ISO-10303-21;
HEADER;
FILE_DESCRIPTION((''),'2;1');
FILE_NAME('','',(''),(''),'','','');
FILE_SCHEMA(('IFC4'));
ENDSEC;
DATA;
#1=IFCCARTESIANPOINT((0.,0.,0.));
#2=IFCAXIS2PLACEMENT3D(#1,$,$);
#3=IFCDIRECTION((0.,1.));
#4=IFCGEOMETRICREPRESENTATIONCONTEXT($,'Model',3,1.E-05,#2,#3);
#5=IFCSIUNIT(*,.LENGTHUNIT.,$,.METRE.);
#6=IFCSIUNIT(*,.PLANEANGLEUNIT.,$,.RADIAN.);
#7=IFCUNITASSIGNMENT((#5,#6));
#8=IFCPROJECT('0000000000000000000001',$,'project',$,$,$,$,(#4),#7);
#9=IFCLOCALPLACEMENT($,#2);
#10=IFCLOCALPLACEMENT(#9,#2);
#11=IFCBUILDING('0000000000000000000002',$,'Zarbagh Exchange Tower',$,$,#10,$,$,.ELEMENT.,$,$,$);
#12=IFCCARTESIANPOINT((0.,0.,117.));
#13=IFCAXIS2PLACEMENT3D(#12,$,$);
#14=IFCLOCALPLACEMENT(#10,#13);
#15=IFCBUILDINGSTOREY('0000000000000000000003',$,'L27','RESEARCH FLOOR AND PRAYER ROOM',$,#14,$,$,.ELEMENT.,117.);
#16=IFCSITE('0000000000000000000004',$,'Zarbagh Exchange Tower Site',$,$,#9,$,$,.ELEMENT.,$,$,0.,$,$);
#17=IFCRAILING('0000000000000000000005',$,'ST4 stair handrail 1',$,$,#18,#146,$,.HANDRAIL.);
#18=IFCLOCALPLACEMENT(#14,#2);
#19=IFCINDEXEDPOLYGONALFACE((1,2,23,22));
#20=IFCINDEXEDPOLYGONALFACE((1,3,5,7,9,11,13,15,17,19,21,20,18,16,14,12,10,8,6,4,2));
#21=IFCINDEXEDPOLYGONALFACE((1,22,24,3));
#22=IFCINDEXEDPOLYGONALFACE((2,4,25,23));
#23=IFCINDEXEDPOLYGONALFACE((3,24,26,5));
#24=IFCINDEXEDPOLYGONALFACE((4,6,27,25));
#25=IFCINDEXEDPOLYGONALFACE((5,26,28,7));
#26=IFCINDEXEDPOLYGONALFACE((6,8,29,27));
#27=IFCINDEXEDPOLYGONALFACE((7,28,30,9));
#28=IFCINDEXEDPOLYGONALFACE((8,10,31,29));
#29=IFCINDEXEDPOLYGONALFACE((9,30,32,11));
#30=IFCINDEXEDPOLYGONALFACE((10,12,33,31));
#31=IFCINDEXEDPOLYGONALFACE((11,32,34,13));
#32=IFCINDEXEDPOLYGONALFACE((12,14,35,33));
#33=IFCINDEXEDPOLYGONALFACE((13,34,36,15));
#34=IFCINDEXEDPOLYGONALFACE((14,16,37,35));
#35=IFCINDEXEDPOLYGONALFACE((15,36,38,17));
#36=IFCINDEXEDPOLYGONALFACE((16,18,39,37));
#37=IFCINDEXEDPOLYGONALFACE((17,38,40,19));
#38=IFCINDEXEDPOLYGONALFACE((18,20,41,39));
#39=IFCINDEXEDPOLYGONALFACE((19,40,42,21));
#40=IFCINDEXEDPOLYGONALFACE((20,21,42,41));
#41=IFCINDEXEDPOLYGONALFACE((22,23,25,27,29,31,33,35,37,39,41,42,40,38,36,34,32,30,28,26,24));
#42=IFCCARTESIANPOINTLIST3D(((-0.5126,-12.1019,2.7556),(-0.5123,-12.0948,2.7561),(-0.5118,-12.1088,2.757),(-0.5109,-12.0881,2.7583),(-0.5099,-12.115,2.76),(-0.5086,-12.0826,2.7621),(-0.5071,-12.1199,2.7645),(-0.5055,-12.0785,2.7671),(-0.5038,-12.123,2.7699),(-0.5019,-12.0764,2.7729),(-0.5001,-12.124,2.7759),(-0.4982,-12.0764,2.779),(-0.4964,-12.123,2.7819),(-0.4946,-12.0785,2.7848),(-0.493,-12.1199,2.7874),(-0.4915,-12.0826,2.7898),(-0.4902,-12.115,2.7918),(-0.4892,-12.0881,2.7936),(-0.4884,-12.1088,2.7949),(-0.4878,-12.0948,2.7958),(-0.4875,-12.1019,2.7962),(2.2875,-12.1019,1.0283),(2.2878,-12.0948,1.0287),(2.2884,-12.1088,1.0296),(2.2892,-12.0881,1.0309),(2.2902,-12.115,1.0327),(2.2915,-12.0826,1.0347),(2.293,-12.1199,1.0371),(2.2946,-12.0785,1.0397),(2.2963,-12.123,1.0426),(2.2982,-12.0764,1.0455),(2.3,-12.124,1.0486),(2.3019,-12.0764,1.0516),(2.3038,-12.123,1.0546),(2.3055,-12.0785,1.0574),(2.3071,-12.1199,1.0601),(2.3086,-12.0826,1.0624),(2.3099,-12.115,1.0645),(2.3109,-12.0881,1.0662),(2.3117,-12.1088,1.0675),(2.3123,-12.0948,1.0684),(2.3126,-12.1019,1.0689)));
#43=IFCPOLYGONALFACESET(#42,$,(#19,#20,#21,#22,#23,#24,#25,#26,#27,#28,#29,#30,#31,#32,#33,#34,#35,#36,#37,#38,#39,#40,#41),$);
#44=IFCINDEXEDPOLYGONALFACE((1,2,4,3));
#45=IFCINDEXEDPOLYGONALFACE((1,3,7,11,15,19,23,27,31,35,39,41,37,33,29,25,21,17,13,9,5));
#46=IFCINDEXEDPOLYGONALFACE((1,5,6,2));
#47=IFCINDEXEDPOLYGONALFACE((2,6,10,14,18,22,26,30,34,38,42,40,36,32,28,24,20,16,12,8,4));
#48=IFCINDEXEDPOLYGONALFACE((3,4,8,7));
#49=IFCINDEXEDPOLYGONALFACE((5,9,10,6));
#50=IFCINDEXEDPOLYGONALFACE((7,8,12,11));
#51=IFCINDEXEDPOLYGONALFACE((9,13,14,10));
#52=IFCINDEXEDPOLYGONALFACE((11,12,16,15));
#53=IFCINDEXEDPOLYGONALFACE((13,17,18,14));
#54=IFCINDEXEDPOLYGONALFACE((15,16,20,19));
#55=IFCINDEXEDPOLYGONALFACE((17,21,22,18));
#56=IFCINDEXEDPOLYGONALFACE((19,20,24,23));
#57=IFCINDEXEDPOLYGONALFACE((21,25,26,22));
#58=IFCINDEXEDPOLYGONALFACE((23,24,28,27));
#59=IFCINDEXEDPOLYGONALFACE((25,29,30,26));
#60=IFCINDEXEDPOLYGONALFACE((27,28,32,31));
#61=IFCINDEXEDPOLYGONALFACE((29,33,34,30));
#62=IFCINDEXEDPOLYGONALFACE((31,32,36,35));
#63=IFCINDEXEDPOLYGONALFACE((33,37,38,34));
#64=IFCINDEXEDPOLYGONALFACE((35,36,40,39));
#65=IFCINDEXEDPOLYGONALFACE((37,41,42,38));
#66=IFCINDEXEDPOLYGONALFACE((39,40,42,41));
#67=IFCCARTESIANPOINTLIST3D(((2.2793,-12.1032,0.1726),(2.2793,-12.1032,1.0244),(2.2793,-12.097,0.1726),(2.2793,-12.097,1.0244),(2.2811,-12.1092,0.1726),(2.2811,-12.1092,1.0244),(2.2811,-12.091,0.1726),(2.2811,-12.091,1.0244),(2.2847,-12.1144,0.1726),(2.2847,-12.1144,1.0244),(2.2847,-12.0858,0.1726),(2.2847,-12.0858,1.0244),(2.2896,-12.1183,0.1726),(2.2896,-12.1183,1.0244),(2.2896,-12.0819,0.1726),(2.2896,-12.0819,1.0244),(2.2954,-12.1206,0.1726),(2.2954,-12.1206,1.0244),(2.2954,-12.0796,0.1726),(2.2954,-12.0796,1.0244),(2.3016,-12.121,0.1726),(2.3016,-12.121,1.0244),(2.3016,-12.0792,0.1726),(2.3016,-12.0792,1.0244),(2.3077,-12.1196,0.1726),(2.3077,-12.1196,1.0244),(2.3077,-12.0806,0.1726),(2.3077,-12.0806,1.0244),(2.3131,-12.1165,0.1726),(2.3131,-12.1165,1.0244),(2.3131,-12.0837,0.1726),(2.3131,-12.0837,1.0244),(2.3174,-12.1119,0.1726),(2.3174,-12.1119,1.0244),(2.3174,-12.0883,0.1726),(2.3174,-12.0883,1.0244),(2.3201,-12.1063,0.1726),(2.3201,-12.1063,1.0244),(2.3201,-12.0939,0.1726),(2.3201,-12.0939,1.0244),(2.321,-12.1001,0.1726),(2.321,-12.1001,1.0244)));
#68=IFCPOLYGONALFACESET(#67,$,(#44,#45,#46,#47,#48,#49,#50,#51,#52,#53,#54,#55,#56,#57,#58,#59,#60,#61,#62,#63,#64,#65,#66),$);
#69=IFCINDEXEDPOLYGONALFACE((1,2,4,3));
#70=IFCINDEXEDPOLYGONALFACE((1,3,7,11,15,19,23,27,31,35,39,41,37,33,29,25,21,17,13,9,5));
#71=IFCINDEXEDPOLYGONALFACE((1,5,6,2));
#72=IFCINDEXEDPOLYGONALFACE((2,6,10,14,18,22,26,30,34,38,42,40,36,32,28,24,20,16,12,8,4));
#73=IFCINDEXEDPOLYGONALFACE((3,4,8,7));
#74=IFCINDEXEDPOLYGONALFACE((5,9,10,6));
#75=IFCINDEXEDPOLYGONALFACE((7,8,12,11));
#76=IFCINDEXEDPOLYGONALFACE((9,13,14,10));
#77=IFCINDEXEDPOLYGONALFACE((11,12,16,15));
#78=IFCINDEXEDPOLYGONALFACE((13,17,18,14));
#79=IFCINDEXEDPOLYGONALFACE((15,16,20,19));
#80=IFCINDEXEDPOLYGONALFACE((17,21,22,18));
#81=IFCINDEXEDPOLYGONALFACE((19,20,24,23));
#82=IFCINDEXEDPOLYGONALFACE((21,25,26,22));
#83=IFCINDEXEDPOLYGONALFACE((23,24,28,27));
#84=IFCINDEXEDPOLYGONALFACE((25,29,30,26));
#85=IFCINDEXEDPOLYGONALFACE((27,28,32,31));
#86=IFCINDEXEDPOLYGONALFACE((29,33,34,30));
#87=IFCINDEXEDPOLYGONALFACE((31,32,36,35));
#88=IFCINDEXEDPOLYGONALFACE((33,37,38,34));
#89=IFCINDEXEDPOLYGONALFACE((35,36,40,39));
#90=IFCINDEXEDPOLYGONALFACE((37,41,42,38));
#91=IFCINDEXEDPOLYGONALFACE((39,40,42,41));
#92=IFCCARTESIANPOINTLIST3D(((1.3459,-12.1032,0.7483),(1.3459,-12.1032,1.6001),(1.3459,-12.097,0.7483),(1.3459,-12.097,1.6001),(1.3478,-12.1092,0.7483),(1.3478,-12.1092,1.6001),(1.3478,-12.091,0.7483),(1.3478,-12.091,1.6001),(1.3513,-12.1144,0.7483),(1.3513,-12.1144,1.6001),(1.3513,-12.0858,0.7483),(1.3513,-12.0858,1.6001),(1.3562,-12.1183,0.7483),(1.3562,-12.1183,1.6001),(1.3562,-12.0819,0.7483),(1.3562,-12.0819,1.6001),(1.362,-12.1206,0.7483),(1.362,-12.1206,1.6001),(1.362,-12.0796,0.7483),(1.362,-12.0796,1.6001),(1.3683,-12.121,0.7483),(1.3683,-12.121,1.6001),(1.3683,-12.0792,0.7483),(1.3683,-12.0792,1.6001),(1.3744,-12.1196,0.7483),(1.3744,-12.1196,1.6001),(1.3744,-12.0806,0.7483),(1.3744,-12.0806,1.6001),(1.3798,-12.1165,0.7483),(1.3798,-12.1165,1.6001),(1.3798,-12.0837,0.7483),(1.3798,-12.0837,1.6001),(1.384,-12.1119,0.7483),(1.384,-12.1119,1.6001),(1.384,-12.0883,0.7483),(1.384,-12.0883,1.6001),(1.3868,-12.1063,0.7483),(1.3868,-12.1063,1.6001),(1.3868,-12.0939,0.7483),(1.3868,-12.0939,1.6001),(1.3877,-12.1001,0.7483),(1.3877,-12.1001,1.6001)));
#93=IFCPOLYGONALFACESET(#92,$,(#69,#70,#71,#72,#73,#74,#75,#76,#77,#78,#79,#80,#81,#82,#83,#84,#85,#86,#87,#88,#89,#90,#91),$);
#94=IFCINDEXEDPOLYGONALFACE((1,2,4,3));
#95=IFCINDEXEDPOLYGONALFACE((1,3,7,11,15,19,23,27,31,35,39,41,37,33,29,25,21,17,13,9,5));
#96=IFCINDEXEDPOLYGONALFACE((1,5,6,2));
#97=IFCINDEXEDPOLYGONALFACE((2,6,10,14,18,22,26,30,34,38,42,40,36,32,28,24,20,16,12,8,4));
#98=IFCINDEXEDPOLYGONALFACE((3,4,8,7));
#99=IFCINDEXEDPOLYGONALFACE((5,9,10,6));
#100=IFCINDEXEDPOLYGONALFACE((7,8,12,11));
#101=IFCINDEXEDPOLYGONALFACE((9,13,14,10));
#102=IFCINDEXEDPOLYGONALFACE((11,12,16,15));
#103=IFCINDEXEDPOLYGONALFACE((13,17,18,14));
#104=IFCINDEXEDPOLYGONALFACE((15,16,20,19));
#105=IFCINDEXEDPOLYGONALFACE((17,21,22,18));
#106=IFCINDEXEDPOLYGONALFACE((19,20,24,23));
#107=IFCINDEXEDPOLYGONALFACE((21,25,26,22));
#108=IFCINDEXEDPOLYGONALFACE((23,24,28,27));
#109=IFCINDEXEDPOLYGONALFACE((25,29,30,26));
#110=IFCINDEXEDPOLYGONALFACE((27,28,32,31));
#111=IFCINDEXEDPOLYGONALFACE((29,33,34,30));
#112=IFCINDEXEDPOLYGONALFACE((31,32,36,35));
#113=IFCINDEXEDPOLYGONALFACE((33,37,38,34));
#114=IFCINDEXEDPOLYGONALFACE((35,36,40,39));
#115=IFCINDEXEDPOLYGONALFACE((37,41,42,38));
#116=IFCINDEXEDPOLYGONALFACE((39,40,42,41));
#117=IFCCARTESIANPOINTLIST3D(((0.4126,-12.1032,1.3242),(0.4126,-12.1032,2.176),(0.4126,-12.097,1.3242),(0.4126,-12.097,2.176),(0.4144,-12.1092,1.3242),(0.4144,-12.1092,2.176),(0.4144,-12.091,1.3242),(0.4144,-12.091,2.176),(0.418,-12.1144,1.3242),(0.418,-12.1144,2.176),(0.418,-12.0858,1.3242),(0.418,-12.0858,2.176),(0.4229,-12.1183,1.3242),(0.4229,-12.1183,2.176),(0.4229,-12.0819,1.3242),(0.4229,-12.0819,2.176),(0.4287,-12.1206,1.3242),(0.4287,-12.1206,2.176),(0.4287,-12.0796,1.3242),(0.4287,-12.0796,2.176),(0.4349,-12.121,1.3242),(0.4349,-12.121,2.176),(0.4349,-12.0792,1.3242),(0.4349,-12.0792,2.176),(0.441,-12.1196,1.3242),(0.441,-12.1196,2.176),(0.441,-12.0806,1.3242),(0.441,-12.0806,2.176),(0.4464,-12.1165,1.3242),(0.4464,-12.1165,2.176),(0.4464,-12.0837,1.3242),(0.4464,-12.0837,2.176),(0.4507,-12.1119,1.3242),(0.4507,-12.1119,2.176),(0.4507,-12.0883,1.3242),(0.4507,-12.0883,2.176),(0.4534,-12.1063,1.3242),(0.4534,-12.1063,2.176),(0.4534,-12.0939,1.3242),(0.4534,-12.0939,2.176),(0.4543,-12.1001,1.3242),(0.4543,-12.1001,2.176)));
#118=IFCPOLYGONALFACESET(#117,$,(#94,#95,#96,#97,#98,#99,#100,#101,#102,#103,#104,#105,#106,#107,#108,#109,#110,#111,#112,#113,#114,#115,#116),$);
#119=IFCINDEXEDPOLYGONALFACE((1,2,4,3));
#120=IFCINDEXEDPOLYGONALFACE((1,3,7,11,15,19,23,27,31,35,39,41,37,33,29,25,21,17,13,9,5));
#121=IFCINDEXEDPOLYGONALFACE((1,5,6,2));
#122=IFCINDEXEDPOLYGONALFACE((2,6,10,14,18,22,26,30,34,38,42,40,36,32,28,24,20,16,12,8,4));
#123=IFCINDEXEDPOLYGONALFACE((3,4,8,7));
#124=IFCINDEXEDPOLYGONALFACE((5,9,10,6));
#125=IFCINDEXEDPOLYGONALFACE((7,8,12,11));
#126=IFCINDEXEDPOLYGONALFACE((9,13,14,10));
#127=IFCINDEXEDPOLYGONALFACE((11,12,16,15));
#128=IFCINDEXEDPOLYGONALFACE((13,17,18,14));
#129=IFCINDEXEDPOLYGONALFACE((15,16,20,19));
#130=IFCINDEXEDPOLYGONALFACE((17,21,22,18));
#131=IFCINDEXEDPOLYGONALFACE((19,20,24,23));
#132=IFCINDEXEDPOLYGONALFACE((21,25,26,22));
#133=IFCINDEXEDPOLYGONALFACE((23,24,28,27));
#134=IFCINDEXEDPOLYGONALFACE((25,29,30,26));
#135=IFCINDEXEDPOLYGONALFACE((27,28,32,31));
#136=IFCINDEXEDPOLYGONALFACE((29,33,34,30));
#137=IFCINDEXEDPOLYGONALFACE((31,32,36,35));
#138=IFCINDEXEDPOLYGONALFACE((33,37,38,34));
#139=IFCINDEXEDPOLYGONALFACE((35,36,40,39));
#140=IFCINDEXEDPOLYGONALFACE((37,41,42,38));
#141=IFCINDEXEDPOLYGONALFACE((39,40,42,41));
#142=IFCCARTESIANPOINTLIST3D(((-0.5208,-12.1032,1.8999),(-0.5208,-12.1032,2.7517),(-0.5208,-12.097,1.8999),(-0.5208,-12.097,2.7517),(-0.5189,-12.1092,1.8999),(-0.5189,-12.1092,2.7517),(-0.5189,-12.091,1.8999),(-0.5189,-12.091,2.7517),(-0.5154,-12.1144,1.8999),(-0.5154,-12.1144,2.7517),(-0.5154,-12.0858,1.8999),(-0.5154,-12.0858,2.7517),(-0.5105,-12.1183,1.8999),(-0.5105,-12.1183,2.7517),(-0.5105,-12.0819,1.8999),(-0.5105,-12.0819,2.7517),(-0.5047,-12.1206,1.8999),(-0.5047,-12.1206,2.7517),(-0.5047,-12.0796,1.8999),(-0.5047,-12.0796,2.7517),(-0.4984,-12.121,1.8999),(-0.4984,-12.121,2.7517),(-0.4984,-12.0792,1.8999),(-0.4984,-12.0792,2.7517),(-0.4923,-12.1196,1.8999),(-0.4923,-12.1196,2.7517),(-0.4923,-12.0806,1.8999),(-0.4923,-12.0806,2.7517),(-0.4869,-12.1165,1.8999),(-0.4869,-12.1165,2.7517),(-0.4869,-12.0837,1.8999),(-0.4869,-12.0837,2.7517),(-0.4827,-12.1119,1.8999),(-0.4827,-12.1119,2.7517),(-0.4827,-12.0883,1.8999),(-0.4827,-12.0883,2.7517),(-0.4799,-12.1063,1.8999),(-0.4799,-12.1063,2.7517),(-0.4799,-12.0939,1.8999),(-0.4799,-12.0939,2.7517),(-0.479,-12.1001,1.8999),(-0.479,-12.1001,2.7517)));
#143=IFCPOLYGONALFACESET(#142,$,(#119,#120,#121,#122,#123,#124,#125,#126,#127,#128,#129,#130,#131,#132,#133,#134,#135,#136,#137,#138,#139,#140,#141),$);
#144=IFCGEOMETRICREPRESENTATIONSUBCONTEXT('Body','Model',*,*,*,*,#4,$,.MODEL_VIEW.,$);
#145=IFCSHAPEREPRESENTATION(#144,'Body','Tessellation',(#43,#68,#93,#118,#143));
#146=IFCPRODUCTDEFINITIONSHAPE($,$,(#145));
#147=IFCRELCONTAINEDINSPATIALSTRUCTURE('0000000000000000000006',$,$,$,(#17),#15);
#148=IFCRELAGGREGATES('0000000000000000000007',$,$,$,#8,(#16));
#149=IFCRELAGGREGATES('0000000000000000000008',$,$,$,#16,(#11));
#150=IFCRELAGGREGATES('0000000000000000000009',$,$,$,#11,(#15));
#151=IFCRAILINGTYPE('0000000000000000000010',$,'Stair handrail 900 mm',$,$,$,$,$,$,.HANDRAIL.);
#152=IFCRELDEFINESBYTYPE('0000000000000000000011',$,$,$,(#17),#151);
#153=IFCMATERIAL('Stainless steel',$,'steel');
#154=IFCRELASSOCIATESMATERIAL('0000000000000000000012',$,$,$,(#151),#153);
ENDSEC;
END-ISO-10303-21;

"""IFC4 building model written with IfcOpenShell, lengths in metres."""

from ifc_helpers import new_model, si_unit, direction, frame, origin, origin_2d, place, context, subcontext, project, spatial, circle, extrude, material, type_object, element, save


model = new_model("IFC4")

# Units and contexts
model_context = context("Model", 3, precision=1e-05, world=origin(), true_north=direction((0.0, 1.0)))
body_context = subcontext(model_context, "Body", "Model", "MODEL_VIEW")
ifc_project = project(units=[si_unit("LENGTHUNIT", "METRE"), si_unit("PLANEANGLEUNIT", "RADIAN")], contexts=[model_context])

# Site, building, storey
site_placement = place(None, origin())
site = spatial("IfcSite", under=ifc_project, at=site_placement, Name="Zarbagh Exchange Tower Site", CompositionType="ELEMENT", RefElevation=0.0)
building_placement = place(site_placement, origin())
building = spatial("IfcBuilding", under=site, at=building_placement, Name="Zarbagh Exchange Tower", CompositionType="ELEMENT")
storey_placement = place(building_placement, frame((0.0, 0.0, 117.0)))
storey = spatial("IfcBuildingStorey", under=building, at=storey_placement, Name="L27", Description="RESEARCH FLOOR AND PRAYER ROOM", CompositionType="ELEMENT", Elevation=117.0)

# Railing
ifc_material_1 = material(Name="Stainless steel", Category="steel")
railing_type_1 = type_object("IfcRailingType", Name="Stair handrail 900 mm", PredefinedType="HANDRAIL", material=ifc_material_1)
for number, where, name in (
    (1, (2.3, -12.1001, 0.1726), "ST4 stair handrail 1"),
):
    element("IfcRailing", number, at=place(storey_placement, frame(where)), inside=storey, type_object=railing_type_1, Name=name, PredefinedType="HANDRAIL", context=body_context, shape_type="SweptSolid", body=[
        extrude(circle(Radius=0.0239, at=origin_2d()), frame((0.0, 0.0, 0.876), z_axis=(-0.85109, 0.0, 0.52502), x_axis=(0.0, -1.0, 0.0)), (0.0, 0.0, 1.0), 3.29),
        extrude(circle(Radius=0.021, at=origin_2d()), origin(), (0.0, 0.0, 1.0), 0.8518),
        extrude(circle(Radius=0.021, at=origin_2d()), frame((-0.9333, 0.0, 0.5757)), (0.0, 0.0, 1.0), 0.8518),
        extrude(circle(Radius=0.021, at=origin_2d()), frame((-1.8667, 0.0, 1.1516)), (0.0, 0.0, 1.0), 0.8518),
        extrude(circle(Radius=0.021, at=origin_2d()), frame((-2.8, 0.0, 1.7273)), (0.0, 0.0, 1.0), 0.8518),
    ])

save(model, "model.ifc")
